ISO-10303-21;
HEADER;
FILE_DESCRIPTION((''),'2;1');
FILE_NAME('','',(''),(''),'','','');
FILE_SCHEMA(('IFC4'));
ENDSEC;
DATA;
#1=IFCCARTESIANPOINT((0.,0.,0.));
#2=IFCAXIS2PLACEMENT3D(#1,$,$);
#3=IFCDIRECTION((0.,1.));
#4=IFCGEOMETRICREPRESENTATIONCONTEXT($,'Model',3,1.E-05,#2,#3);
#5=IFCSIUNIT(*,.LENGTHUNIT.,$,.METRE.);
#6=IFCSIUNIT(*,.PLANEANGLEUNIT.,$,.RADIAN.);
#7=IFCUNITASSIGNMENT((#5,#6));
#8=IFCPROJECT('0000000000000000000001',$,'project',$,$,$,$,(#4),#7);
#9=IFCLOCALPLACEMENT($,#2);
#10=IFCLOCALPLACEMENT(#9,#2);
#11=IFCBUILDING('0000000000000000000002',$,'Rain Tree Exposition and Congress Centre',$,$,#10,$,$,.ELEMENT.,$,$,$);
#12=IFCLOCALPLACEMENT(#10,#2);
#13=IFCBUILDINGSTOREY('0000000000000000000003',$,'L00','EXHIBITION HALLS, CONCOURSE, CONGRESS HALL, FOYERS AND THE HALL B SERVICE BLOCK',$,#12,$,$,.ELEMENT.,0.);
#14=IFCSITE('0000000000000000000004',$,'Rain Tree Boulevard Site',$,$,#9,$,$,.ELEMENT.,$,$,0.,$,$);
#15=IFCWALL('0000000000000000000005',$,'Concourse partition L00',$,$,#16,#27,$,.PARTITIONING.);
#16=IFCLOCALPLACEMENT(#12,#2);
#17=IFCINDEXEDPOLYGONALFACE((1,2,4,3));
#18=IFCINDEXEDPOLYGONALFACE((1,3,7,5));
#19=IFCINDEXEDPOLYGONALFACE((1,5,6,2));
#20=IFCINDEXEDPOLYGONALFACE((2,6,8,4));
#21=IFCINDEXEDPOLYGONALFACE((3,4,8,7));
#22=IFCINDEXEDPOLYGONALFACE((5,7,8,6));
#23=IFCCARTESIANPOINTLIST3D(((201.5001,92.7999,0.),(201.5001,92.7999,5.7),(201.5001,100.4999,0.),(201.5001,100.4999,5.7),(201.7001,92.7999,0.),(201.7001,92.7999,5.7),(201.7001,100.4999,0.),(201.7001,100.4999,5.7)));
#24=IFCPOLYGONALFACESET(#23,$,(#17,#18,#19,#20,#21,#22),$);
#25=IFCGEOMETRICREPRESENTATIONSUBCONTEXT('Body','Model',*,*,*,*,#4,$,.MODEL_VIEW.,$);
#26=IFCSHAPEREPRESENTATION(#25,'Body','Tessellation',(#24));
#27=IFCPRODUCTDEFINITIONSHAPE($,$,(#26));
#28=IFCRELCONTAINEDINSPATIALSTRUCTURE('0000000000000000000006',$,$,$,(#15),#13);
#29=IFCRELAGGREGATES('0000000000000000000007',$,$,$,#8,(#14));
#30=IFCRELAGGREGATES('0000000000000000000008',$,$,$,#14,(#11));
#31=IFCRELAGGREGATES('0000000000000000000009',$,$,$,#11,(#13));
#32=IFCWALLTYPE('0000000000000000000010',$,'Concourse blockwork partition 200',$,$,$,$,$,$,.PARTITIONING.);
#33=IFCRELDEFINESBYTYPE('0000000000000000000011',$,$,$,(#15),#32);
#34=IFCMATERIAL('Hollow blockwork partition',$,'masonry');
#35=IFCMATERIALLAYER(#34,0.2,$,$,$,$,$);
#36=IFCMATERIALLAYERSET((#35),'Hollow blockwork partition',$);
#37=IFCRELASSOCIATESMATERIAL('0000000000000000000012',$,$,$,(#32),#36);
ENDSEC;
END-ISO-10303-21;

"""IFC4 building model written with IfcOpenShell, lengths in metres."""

from ifc_helpers import new_model, si_unit, direction, frame, frame_2d, origin, place, context, subcontext, project, spatial, rectangle, extrude, material, layer, layer_set, type_object, element, save


model = new_model("IFC4")

# Units and contexts
model_context = context("Model", 3, precision=1e-05, world=origin(), true_north=direction((0.0, 1.0)))
body_context = subcontext(model_context, "Body", "Model", "MODEL_VIEW")
ifc_project = project(units=[si_unit("LENGTHUNIT", "METRE"), si_unit("PLANEANGLEUNIT", "RADIAN")], contexts=[model_context])

# Site, building, storey
site_placement = place(None, origin())
site = spatial("IfcSite", under=ifc_project, at=site_placement, Name="Rain Tree Boulevard Site", CompositionType="ELEMENT", RefElevation=0.0)
building_placement = place(site_placement, origin())
building = spatial("IfcBuilding", under=site, at=building_placement, Name="Rain Tree Exposition and Congress Centre", CompositionType="ELEMENT")
storey_placement = place(building_placement, origin())
storey = spatial("IfcBuildingStorey", under=building, at=storey_placement, Name="L00", Description="EXHIBITION HALLS, CONCOURSE, CONGRESS HALL, FOYERS AND THE HALL B SERVICE BLOCK", CompositionType="ELEMENT", Elevation=0.0)

# Wall
ifc_material_1 = material(Name="Hollow blockwork partition", Category="masonry")
ifc_layer_1 = layer(ifc_material_1, 0.2)
ifc_layer_set_1 = layer_set([ifc_layer_1], Name="Hollow blockwork partition")
wall_type_1 = type_object("IfcWallType", Name="Concourse blockwork partition 200", PredefinedType="PARTITIONING", material=ifc_layer_set_1)
wall_1_placement = place(storey_placement, frame((201.6001, 100.5, 0.0), z_axis=(0.0, 0.0, 1.0), x_axis=(0.0, -1.0, 0.0)))
element("IfcWall", 1, at=wall_1_placement, inside=storey, type_object=wall_type_1, Name="Concourse partition L00", PredefinedType="PARTITIONING", context=body_context, shape_type="SweptSolid", body=[
    extrude(rectangle(XDim=7.7, YDim=0.2, at=frame_2d((3.8501, 0.0))), origin(), (0.0, 0.0, 1.0), 5.7),
])

save(model, "model.ifc")
